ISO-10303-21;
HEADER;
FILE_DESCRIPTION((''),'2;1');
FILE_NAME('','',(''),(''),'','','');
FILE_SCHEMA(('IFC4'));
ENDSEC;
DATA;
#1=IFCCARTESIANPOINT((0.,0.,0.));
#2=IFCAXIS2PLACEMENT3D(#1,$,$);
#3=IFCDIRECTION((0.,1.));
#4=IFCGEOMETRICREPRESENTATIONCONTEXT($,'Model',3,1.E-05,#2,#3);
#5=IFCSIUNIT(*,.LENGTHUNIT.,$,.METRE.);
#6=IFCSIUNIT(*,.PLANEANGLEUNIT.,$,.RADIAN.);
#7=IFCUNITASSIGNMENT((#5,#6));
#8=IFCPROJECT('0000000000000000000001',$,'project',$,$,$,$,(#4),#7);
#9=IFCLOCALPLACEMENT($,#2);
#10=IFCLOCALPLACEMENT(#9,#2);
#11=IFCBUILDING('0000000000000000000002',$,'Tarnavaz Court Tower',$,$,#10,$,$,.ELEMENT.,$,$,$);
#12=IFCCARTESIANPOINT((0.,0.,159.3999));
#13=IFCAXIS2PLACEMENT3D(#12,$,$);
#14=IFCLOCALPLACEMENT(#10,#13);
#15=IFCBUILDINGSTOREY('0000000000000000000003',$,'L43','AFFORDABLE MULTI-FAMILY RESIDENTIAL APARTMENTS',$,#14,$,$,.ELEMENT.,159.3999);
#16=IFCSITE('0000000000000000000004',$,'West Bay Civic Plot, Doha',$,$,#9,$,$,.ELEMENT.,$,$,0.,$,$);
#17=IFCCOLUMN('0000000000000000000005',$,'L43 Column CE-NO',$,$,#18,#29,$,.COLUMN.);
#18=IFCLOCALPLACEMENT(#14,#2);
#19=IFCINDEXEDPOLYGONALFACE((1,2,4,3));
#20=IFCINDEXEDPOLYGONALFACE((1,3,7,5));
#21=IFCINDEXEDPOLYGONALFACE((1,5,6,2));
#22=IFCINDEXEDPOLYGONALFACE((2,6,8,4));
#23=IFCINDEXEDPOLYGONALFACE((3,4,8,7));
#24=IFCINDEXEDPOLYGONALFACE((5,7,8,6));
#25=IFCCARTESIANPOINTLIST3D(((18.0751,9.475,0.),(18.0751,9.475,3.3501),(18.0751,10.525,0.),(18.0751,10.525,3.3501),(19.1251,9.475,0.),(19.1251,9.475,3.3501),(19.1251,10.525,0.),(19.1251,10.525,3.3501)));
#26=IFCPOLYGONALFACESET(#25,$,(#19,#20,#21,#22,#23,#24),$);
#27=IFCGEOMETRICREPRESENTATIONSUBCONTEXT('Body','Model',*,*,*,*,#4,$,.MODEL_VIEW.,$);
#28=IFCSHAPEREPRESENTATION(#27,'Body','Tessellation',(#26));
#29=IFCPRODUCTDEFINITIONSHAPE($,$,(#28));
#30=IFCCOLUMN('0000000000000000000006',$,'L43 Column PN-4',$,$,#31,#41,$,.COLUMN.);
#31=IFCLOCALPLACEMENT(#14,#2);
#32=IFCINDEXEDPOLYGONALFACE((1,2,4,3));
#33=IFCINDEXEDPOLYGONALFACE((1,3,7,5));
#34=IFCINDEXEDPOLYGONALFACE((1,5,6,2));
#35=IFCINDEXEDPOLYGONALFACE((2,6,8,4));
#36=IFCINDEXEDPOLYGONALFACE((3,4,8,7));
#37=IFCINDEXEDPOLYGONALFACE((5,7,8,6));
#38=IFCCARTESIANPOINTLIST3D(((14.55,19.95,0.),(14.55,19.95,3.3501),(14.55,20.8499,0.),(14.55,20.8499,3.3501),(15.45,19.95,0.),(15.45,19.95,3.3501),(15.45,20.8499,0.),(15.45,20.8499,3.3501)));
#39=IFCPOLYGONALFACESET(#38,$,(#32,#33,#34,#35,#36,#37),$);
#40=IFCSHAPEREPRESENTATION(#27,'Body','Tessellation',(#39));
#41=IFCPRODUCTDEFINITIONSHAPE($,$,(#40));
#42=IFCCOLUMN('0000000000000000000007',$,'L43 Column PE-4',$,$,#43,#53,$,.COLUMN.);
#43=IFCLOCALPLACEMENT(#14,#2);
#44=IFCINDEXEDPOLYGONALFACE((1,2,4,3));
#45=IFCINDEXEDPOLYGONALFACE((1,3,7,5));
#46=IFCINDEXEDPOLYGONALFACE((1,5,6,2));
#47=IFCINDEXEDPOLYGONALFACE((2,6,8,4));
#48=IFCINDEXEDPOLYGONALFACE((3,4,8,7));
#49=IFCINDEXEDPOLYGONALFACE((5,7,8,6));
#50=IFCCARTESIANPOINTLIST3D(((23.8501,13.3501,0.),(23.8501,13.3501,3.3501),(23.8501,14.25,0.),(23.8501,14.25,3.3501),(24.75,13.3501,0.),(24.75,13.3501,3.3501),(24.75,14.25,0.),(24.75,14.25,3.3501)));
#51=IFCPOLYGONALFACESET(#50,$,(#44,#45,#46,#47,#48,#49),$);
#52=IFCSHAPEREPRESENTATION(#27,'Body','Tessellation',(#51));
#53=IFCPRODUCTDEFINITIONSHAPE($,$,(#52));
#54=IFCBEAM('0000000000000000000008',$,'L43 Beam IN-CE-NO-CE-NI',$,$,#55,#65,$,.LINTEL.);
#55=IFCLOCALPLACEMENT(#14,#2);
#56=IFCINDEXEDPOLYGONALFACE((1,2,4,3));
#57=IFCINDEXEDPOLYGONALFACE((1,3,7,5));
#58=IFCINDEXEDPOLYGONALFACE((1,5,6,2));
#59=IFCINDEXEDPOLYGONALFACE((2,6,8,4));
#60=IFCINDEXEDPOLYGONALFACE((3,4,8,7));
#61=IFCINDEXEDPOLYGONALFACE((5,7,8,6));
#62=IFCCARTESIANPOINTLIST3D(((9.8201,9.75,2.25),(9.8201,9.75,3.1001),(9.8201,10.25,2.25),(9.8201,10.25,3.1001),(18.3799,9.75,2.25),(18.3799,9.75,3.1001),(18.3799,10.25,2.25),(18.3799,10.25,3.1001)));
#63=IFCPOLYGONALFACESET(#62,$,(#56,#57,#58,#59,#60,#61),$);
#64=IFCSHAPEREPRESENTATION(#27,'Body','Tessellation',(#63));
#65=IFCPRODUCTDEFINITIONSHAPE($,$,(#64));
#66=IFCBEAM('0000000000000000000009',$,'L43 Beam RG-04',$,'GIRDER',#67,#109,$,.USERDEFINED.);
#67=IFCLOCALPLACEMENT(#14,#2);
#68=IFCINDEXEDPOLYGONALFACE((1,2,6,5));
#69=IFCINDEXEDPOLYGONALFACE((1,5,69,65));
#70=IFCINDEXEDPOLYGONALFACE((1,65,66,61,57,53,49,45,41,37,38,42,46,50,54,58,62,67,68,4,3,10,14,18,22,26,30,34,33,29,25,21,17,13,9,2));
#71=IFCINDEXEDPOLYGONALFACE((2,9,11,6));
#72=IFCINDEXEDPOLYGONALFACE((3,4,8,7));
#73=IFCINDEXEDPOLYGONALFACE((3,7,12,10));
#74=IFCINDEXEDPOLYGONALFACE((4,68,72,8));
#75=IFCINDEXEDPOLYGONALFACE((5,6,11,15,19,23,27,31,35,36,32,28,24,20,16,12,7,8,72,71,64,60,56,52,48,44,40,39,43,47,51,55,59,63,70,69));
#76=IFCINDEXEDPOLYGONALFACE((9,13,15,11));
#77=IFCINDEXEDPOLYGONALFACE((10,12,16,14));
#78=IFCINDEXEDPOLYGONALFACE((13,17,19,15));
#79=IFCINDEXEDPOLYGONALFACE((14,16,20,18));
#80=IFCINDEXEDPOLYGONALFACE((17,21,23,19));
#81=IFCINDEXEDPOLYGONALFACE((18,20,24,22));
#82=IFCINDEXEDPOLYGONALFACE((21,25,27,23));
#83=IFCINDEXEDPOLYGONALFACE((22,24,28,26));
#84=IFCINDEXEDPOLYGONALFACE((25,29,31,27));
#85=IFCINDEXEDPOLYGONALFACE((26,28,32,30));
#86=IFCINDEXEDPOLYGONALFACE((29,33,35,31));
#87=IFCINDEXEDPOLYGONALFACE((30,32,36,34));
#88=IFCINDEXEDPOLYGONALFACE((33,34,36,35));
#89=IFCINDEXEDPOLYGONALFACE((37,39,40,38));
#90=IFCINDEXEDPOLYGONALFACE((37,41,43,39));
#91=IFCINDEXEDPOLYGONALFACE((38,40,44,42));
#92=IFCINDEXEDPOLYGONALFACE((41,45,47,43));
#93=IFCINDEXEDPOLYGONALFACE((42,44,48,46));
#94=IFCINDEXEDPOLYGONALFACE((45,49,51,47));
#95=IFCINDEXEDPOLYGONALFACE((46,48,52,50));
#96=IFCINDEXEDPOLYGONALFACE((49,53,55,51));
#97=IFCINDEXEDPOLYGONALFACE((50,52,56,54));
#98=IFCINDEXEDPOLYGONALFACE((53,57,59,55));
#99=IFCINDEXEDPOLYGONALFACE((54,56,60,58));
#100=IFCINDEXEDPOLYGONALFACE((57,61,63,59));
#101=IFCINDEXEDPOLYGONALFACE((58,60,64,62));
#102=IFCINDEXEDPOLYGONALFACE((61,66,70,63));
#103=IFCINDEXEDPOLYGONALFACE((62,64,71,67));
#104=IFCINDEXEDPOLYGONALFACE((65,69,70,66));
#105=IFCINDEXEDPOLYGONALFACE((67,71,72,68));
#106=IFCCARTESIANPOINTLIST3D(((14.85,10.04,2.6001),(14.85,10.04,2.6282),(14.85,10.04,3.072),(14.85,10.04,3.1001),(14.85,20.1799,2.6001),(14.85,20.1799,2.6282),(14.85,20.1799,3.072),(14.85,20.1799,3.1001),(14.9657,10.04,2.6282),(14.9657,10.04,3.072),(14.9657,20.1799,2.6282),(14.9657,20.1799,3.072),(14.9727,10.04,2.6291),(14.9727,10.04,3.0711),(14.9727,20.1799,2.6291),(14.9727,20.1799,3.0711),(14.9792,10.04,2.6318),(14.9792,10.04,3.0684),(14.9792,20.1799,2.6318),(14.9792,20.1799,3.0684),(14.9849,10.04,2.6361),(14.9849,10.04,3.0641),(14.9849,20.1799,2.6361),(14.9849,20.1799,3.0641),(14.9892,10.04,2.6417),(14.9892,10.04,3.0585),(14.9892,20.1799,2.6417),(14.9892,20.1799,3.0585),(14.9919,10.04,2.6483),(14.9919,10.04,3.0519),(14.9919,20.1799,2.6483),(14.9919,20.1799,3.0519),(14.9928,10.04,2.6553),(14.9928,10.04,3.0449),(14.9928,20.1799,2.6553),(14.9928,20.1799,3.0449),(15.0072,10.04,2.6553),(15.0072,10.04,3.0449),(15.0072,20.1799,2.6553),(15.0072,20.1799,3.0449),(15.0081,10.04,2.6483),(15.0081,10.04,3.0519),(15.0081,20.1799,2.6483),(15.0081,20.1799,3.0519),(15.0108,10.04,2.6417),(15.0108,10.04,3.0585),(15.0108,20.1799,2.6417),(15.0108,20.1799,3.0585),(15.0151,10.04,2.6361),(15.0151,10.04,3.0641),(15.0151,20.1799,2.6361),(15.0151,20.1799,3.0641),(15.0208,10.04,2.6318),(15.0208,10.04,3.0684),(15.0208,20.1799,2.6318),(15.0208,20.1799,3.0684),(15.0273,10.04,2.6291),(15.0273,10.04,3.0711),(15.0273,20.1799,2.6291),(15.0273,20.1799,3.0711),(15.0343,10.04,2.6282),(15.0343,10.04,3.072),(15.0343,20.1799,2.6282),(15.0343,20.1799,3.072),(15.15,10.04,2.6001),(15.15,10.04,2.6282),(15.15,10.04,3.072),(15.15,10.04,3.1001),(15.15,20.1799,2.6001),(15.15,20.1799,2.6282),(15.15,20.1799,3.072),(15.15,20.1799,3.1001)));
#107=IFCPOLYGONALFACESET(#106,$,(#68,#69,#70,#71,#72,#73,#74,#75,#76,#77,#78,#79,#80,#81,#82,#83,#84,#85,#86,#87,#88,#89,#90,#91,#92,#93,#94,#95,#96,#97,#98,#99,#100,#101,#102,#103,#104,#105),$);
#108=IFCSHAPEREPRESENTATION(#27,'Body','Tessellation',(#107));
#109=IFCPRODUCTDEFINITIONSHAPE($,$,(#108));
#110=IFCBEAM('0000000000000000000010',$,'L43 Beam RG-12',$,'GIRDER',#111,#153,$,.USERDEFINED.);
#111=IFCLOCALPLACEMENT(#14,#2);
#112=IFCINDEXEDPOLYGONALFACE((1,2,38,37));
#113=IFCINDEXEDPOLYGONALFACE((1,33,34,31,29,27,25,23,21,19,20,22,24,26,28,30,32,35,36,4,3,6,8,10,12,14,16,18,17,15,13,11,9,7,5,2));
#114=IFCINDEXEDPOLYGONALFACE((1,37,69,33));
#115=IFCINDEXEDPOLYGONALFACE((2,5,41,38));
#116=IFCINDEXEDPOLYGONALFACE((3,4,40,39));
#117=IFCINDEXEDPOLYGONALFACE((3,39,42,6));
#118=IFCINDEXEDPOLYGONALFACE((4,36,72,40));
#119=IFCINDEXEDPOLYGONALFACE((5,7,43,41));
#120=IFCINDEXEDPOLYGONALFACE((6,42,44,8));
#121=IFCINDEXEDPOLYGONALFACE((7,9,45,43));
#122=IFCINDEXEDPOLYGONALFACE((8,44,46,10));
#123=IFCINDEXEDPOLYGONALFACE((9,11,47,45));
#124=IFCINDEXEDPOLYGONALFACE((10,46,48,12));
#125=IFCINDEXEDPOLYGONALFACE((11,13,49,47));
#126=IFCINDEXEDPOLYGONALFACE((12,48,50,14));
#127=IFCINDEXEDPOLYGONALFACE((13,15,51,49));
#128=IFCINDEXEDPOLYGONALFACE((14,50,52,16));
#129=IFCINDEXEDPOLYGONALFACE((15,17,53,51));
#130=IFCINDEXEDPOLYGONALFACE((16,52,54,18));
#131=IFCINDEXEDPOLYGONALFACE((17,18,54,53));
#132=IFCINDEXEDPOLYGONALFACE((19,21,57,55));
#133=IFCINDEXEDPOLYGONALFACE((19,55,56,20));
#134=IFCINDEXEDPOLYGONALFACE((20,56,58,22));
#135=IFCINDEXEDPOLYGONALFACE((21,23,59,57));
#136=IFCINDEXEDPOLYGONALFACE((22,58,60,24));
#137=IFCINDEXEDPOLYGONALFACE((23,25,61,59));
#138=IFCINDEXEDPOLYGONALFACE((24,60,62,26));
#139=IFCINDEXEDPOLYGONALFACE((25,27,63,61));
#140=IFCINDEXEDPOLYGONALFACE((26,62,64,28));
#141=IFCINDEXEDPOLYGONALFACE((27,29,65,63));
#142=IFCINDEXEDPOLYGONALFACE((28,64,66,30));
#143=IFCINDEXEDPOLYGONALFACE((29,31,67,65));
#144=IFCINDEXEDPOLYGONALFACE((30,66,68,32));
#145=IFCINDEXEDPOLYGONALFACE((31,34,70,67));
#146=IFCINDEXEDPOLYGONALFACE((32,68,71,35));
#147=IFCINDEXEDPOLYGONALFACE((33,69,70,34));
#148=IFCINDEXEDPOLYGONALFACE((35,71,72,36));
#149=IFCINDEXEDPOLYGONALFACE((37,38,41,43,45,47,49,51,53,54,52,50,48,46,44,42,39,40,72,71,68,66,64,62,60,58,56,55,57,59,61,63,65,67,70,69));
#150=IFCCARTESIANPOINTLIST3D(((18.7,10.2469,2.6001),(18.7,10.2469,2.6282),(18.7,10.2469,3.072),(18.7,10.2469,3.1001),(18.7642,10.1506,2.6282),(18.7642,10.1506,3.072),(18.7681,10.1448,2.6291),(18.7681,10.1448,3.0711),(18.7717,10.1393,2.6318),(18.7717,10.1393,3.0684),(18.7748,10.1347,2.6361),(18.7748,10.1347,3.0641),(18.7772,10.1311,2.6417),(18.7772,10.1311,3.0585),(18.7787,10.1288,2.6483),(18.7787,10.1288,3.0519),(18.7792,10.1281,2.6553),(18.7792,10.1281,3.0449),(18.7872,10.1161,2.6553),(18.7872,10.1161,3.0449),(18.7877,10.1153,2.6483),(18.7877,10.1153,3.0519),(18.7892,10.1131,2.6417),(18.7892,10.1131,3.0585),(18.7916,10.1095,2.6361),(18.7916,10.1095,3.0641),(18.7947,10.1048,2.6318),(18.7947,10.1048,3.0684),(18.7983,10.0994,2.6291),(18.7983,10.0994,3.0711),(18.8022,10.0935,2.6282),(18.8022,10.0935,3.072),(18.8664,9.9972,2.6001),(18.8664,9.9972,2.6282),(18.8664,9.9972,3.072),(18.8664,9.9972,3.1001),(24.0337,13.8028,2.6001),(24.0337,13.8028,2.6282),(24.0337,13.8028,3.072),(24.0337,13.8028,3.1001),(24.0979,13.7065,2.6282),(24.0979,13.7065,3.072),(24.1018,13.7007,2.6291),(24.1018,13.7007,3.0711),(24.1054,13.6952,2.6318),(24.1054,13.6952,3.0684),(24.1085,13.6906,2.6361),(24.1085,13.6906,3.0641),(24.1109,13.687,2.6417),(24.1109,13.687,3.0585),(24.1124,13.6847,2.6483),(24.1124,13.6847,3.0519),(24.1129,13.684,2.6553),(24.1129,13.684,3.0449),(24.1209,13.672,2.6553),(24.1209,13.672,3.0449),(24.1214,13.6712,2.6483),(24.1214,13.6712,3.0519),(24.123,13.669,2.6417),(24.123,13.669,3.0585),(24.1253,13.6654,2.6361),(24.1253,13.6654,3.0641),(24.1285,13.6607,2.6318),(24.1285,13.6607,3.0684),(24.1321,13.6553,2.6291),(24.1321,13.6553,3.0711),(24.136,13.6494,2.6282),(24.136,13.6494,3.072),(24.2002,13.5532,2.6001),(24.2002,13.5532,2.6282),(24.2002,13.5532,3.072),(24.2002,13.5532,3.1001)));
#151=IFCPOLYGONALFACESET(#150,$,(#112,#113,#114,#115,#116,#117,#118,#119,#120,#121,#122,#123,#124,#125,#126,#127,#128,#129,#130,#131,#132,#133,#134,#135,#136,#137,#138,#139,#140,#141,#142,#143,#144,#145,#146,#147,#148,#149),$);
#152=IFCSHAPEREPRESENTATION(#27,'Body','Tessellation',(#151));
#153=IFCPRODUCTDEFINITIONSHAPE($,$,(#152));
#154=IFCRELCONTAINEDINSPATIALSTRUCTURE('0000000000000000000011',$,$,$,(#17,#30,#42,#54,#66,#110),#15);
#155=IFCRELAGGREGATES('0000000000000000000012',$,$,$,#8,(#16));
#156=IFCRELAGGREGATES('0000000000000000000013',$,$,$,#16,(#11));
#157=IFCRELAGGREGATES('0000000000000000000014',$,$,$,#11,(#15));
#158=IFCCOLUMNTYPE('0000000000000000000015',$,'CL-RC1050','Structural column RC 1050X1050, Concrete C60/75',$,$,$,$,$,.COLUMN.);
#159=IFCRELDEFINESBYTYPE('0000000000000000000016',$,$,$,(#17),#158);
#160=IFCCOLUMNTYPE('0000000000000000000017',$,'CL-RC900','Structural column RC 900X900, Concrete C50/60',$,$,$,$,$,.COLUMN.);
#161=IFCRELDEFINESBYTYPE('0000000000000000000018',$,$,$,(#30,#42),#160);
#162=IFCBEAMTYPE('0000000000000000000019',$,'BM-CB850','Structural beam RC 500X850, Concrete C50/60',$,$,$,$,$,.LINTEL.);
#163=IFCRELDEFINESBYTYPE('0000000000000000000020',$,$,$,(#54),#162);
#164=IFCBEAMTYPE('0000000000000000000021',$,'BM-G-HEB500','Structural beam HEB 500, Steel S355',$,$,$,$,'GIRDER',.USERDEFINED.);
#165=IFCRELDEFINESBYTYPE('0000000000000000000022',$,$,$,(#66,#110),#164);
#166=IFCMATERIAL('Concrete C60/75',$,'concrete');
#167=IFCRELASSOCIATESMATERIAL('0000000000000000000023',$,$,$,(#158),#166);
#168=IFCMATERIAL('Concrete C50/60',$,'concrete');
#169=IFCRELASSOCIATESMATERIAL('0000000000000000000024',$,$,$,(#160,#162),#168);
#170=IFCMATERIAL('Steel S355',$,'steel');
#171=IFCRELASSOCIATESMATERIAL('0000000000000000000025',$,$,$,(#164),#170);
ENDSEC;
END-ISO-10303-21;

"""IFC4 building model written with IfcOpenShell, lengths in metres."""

from ifc_helpers import new_model, si_unit, direction, frame, origin, origin_2d, place, context, subcontext, project, spatial, rectangle, i_section, extrude, material, material_profile, profile_set, type_object, element, save


model = new_model("IFC4")

# Units and contexts
model_context = context("Model", 3, precision=1e-05, world=origin(), true_north=direction((0.0, 1.0)))
body_context = subcontext(model_context, "Body", "Model", "MODEL_VIEW")
ifc_project = project(units=[si_unit("LENGTHUNIT", "METRE"), si_unit("PLANEANGLEUNIT", "RADIAN")], contexts=[model_context])

# Site, building, storey
site_placement = place(None, origin())
site = spatial("IfcSite", under=ifc_project, at=site_placement, Name="West Bay Civic Plot, Doha", CompositionType="ELEMENT", RefElevation=0.0)
building_placement = place(site_placement, origin())
building = spatial("IfcBuilding", under=site, at=building_placement, Name="Tarnavaz Court Tower", CompositionType="ELEMENT")
storey_placement = place(building_placement, frame((0.0, 0.0, 159.3999)))
storey = spatial("IfcBuildingStorey", under=building, at=storey_placement, Name="L43", Description="AFFORDABLE MULTI-FAMILY RESIDENTIAL APARTMENTS", CompositionType="ELEMENT", Elevation=159.3999)

# Columns
ifc_material_1 = material(Name="Concrete C60/75", Category="concrete")
ifc_material_profile_1 = material_profile(ifc_material_1, rectangle(XDim=1.05, YDim=1.05, at=origin_2d()), Name="RC 1050X1050")
ifc_profile_set_1 = profile_set([ifc_material_profile_1], Name="Concrete C60/75")
column_type_1 = type_object("IfcColumnType", Name="CL-RC1050", Description="Structural column RC 1050X1050, Concrete C60/75", PredefinedType="COLUMN", material=ifc_profile_set_1)
column_placement = place(storey_placement, frame((18.6001, 10.0, 0.0), z_axis=(0.0, 0.0, 1.0), x_axis=(1.0, 0.0, 0.0)))
element("IfcColumn", 1, at=column_placement, inside=storey, type_object=column_type_1, Name="L43 Column CE-NO", PredefinedType="COLUMN", context=body_context, shape_type="SweptSolid", body=[
    extrude(rectangle(XDim=1.05, YDim=1.05, at=origin_2d()), origin(), (0.0, 0.0, 1.0), 3.3501),
])
ifc_material_2 = material(Name="Concrete C50/60", Category="concrete")
ifc_material_profile_2 = material_profile(ifc_material_2, rectangle(XDim=0.8999, YDim=0.8999, at=origin_2d()), Name="RC 900X900")
ifc_profile_set_2 = profile_set([ifc_material_profile_2], Name="Concrete C50/60")
column_type_2 = type_object("IfcColumnType", Name="CL-RC900", Description="Structural column RC 900X900, Concrete C50/60", PredefinedType="COLUMN", material=ifc_profile_set_2)
for number, where, z_axis, x_axis, name in (
    (2, (15.0, 20.3999, 0.0), (0.0, 0.0, 1.0), (1.0, 0.0, 0.0), "L43 Column PN-4"),
    (3, (24.3, 13.8, 0.0), (0.0, 0.0, 1.0), (1.0, 0.0, 0.0), "L43 Column PE-4"),
):
    element("IfcColumn", number, at=place(storey_placement, frame(where, z_axis=z_axis, x_axis=x_axis)), inside=storey, type_object=column_type_2, Name=name, PredefinedType="COLUMN", context=body_context, shape_type="SweptSolid", body=[
        extrude(rectangle(XDim=0.8999, YDim=0.8999, at=origin_2d()), origin(), (0.0, 0.0, 1.0), 3.3501),
    ])

# Beams
ifc_material_profile_3 = material_profile(ifc_material_2, rectangle(XDim=0.5, YDim=0.8501, at=origin_2d()), Name="RC 500X850")
ifc_profile_set_3 = profile_set([ifc_material_profile_3], Name="Concrete C50/60")
beam_type_1 = type_object("IfcBeamType", Name="BM-CB850", Description="Structural beam RC 500X850, Concrete C50/60", PredefinedType="LINTEL", material=ifc_profile_set_3)
beam_1_placement = place(storey_placement, frame((18.3799, 10.0, 2.675), z_axis=(-1.0, 0.0, 0.0), x_axis=(0.0, -1.0, 0.0)))
element("IfcBeam", 4, at=beam_1_placement, inside=storey, type_object=beam_type_1, Name="L43 Beam IN-CE-NO-CE-NI", PredefinedType="LINTEL", context=body_context, shape_type="SweptSolid", body=[
    extrude(rectangle(XDim=0.5, YDim=0.8501, at=origin_2d()), origin(), (0.0, 0.0, 1.0), 8.5598),
])
ifc_material_3 = material(Name="Steel S355", Category="steel")
ifc_material_profile_4 = material_profile(ifc_material_3, i_section(OverallWidth=0.3, OverallDepth=0.5, WebThickness=0.0144, FlangeThickness=0.0281, FilletRadius=0.0271, at=origin_2d()), Name="HEB 500")
ifc_profile_set_4 = profile_set([ifc_material_profile_4], Name="Steel S355")
beam_type_2 = type_object("IfcBeamType", Name="BM-G-HEB500", Description="Structural beam HEB 500, Steel S355", ElementType="GIRDER", PredefinedType="USERDEFINED", material=ifc_profile_set_4)
beam_2_placement = place(storey_placement, frame((15.0, 10.04, 2.8501), z_axis=(0.0, 1.0, 0.0), x_axis=(-1.0, 0.0, 0.0)))
element("IfcBeam", 5, at=beam_2_placement, inside=storey, type_object=beam_type_2, Name="L43 Beam RG-04", ObjectType="GIRDER", PredefinedType="USERDEFINED", context=body_context, shape_type="SweptSolid", body=[
    extrude(i_section(OverallWidth=0.3, OverallDepth=0.5, WebThickness=0.0144, FlangeThickness=0.0281, FilletRadius=0.0271, at=origin_2d()), origin(), (0.0, 0.0, 1.0), 10.1399),
])
beam_3_placement = place(storey_placement, frame((18.7832, 10.1221, 2.8501), z_axis=(0.832044, 0.554709, 0.0), x_axis=(-0.554709, 0.832044, 0.0)))
element("IfcBeam", 6, at=beam_3_placement, inside=storey, type_object=beam_type_2, Name="L43 Beam RG-12", ObjectType="GIRDER", PredefinedType="USERDEFINED", context=body_context, shape_type="SweptSolid", body=[
    extrude(i_section(OverallWidth=0.3, OverallDepth=0.5, WebThickness=0.0144, FlangeThickness=0.0281, FilletRadius=0.0271, at=origin_2d()), origin(), (0.0, 0.0, 1.0), 6.4104),
])

save(model, "model.ifc")
